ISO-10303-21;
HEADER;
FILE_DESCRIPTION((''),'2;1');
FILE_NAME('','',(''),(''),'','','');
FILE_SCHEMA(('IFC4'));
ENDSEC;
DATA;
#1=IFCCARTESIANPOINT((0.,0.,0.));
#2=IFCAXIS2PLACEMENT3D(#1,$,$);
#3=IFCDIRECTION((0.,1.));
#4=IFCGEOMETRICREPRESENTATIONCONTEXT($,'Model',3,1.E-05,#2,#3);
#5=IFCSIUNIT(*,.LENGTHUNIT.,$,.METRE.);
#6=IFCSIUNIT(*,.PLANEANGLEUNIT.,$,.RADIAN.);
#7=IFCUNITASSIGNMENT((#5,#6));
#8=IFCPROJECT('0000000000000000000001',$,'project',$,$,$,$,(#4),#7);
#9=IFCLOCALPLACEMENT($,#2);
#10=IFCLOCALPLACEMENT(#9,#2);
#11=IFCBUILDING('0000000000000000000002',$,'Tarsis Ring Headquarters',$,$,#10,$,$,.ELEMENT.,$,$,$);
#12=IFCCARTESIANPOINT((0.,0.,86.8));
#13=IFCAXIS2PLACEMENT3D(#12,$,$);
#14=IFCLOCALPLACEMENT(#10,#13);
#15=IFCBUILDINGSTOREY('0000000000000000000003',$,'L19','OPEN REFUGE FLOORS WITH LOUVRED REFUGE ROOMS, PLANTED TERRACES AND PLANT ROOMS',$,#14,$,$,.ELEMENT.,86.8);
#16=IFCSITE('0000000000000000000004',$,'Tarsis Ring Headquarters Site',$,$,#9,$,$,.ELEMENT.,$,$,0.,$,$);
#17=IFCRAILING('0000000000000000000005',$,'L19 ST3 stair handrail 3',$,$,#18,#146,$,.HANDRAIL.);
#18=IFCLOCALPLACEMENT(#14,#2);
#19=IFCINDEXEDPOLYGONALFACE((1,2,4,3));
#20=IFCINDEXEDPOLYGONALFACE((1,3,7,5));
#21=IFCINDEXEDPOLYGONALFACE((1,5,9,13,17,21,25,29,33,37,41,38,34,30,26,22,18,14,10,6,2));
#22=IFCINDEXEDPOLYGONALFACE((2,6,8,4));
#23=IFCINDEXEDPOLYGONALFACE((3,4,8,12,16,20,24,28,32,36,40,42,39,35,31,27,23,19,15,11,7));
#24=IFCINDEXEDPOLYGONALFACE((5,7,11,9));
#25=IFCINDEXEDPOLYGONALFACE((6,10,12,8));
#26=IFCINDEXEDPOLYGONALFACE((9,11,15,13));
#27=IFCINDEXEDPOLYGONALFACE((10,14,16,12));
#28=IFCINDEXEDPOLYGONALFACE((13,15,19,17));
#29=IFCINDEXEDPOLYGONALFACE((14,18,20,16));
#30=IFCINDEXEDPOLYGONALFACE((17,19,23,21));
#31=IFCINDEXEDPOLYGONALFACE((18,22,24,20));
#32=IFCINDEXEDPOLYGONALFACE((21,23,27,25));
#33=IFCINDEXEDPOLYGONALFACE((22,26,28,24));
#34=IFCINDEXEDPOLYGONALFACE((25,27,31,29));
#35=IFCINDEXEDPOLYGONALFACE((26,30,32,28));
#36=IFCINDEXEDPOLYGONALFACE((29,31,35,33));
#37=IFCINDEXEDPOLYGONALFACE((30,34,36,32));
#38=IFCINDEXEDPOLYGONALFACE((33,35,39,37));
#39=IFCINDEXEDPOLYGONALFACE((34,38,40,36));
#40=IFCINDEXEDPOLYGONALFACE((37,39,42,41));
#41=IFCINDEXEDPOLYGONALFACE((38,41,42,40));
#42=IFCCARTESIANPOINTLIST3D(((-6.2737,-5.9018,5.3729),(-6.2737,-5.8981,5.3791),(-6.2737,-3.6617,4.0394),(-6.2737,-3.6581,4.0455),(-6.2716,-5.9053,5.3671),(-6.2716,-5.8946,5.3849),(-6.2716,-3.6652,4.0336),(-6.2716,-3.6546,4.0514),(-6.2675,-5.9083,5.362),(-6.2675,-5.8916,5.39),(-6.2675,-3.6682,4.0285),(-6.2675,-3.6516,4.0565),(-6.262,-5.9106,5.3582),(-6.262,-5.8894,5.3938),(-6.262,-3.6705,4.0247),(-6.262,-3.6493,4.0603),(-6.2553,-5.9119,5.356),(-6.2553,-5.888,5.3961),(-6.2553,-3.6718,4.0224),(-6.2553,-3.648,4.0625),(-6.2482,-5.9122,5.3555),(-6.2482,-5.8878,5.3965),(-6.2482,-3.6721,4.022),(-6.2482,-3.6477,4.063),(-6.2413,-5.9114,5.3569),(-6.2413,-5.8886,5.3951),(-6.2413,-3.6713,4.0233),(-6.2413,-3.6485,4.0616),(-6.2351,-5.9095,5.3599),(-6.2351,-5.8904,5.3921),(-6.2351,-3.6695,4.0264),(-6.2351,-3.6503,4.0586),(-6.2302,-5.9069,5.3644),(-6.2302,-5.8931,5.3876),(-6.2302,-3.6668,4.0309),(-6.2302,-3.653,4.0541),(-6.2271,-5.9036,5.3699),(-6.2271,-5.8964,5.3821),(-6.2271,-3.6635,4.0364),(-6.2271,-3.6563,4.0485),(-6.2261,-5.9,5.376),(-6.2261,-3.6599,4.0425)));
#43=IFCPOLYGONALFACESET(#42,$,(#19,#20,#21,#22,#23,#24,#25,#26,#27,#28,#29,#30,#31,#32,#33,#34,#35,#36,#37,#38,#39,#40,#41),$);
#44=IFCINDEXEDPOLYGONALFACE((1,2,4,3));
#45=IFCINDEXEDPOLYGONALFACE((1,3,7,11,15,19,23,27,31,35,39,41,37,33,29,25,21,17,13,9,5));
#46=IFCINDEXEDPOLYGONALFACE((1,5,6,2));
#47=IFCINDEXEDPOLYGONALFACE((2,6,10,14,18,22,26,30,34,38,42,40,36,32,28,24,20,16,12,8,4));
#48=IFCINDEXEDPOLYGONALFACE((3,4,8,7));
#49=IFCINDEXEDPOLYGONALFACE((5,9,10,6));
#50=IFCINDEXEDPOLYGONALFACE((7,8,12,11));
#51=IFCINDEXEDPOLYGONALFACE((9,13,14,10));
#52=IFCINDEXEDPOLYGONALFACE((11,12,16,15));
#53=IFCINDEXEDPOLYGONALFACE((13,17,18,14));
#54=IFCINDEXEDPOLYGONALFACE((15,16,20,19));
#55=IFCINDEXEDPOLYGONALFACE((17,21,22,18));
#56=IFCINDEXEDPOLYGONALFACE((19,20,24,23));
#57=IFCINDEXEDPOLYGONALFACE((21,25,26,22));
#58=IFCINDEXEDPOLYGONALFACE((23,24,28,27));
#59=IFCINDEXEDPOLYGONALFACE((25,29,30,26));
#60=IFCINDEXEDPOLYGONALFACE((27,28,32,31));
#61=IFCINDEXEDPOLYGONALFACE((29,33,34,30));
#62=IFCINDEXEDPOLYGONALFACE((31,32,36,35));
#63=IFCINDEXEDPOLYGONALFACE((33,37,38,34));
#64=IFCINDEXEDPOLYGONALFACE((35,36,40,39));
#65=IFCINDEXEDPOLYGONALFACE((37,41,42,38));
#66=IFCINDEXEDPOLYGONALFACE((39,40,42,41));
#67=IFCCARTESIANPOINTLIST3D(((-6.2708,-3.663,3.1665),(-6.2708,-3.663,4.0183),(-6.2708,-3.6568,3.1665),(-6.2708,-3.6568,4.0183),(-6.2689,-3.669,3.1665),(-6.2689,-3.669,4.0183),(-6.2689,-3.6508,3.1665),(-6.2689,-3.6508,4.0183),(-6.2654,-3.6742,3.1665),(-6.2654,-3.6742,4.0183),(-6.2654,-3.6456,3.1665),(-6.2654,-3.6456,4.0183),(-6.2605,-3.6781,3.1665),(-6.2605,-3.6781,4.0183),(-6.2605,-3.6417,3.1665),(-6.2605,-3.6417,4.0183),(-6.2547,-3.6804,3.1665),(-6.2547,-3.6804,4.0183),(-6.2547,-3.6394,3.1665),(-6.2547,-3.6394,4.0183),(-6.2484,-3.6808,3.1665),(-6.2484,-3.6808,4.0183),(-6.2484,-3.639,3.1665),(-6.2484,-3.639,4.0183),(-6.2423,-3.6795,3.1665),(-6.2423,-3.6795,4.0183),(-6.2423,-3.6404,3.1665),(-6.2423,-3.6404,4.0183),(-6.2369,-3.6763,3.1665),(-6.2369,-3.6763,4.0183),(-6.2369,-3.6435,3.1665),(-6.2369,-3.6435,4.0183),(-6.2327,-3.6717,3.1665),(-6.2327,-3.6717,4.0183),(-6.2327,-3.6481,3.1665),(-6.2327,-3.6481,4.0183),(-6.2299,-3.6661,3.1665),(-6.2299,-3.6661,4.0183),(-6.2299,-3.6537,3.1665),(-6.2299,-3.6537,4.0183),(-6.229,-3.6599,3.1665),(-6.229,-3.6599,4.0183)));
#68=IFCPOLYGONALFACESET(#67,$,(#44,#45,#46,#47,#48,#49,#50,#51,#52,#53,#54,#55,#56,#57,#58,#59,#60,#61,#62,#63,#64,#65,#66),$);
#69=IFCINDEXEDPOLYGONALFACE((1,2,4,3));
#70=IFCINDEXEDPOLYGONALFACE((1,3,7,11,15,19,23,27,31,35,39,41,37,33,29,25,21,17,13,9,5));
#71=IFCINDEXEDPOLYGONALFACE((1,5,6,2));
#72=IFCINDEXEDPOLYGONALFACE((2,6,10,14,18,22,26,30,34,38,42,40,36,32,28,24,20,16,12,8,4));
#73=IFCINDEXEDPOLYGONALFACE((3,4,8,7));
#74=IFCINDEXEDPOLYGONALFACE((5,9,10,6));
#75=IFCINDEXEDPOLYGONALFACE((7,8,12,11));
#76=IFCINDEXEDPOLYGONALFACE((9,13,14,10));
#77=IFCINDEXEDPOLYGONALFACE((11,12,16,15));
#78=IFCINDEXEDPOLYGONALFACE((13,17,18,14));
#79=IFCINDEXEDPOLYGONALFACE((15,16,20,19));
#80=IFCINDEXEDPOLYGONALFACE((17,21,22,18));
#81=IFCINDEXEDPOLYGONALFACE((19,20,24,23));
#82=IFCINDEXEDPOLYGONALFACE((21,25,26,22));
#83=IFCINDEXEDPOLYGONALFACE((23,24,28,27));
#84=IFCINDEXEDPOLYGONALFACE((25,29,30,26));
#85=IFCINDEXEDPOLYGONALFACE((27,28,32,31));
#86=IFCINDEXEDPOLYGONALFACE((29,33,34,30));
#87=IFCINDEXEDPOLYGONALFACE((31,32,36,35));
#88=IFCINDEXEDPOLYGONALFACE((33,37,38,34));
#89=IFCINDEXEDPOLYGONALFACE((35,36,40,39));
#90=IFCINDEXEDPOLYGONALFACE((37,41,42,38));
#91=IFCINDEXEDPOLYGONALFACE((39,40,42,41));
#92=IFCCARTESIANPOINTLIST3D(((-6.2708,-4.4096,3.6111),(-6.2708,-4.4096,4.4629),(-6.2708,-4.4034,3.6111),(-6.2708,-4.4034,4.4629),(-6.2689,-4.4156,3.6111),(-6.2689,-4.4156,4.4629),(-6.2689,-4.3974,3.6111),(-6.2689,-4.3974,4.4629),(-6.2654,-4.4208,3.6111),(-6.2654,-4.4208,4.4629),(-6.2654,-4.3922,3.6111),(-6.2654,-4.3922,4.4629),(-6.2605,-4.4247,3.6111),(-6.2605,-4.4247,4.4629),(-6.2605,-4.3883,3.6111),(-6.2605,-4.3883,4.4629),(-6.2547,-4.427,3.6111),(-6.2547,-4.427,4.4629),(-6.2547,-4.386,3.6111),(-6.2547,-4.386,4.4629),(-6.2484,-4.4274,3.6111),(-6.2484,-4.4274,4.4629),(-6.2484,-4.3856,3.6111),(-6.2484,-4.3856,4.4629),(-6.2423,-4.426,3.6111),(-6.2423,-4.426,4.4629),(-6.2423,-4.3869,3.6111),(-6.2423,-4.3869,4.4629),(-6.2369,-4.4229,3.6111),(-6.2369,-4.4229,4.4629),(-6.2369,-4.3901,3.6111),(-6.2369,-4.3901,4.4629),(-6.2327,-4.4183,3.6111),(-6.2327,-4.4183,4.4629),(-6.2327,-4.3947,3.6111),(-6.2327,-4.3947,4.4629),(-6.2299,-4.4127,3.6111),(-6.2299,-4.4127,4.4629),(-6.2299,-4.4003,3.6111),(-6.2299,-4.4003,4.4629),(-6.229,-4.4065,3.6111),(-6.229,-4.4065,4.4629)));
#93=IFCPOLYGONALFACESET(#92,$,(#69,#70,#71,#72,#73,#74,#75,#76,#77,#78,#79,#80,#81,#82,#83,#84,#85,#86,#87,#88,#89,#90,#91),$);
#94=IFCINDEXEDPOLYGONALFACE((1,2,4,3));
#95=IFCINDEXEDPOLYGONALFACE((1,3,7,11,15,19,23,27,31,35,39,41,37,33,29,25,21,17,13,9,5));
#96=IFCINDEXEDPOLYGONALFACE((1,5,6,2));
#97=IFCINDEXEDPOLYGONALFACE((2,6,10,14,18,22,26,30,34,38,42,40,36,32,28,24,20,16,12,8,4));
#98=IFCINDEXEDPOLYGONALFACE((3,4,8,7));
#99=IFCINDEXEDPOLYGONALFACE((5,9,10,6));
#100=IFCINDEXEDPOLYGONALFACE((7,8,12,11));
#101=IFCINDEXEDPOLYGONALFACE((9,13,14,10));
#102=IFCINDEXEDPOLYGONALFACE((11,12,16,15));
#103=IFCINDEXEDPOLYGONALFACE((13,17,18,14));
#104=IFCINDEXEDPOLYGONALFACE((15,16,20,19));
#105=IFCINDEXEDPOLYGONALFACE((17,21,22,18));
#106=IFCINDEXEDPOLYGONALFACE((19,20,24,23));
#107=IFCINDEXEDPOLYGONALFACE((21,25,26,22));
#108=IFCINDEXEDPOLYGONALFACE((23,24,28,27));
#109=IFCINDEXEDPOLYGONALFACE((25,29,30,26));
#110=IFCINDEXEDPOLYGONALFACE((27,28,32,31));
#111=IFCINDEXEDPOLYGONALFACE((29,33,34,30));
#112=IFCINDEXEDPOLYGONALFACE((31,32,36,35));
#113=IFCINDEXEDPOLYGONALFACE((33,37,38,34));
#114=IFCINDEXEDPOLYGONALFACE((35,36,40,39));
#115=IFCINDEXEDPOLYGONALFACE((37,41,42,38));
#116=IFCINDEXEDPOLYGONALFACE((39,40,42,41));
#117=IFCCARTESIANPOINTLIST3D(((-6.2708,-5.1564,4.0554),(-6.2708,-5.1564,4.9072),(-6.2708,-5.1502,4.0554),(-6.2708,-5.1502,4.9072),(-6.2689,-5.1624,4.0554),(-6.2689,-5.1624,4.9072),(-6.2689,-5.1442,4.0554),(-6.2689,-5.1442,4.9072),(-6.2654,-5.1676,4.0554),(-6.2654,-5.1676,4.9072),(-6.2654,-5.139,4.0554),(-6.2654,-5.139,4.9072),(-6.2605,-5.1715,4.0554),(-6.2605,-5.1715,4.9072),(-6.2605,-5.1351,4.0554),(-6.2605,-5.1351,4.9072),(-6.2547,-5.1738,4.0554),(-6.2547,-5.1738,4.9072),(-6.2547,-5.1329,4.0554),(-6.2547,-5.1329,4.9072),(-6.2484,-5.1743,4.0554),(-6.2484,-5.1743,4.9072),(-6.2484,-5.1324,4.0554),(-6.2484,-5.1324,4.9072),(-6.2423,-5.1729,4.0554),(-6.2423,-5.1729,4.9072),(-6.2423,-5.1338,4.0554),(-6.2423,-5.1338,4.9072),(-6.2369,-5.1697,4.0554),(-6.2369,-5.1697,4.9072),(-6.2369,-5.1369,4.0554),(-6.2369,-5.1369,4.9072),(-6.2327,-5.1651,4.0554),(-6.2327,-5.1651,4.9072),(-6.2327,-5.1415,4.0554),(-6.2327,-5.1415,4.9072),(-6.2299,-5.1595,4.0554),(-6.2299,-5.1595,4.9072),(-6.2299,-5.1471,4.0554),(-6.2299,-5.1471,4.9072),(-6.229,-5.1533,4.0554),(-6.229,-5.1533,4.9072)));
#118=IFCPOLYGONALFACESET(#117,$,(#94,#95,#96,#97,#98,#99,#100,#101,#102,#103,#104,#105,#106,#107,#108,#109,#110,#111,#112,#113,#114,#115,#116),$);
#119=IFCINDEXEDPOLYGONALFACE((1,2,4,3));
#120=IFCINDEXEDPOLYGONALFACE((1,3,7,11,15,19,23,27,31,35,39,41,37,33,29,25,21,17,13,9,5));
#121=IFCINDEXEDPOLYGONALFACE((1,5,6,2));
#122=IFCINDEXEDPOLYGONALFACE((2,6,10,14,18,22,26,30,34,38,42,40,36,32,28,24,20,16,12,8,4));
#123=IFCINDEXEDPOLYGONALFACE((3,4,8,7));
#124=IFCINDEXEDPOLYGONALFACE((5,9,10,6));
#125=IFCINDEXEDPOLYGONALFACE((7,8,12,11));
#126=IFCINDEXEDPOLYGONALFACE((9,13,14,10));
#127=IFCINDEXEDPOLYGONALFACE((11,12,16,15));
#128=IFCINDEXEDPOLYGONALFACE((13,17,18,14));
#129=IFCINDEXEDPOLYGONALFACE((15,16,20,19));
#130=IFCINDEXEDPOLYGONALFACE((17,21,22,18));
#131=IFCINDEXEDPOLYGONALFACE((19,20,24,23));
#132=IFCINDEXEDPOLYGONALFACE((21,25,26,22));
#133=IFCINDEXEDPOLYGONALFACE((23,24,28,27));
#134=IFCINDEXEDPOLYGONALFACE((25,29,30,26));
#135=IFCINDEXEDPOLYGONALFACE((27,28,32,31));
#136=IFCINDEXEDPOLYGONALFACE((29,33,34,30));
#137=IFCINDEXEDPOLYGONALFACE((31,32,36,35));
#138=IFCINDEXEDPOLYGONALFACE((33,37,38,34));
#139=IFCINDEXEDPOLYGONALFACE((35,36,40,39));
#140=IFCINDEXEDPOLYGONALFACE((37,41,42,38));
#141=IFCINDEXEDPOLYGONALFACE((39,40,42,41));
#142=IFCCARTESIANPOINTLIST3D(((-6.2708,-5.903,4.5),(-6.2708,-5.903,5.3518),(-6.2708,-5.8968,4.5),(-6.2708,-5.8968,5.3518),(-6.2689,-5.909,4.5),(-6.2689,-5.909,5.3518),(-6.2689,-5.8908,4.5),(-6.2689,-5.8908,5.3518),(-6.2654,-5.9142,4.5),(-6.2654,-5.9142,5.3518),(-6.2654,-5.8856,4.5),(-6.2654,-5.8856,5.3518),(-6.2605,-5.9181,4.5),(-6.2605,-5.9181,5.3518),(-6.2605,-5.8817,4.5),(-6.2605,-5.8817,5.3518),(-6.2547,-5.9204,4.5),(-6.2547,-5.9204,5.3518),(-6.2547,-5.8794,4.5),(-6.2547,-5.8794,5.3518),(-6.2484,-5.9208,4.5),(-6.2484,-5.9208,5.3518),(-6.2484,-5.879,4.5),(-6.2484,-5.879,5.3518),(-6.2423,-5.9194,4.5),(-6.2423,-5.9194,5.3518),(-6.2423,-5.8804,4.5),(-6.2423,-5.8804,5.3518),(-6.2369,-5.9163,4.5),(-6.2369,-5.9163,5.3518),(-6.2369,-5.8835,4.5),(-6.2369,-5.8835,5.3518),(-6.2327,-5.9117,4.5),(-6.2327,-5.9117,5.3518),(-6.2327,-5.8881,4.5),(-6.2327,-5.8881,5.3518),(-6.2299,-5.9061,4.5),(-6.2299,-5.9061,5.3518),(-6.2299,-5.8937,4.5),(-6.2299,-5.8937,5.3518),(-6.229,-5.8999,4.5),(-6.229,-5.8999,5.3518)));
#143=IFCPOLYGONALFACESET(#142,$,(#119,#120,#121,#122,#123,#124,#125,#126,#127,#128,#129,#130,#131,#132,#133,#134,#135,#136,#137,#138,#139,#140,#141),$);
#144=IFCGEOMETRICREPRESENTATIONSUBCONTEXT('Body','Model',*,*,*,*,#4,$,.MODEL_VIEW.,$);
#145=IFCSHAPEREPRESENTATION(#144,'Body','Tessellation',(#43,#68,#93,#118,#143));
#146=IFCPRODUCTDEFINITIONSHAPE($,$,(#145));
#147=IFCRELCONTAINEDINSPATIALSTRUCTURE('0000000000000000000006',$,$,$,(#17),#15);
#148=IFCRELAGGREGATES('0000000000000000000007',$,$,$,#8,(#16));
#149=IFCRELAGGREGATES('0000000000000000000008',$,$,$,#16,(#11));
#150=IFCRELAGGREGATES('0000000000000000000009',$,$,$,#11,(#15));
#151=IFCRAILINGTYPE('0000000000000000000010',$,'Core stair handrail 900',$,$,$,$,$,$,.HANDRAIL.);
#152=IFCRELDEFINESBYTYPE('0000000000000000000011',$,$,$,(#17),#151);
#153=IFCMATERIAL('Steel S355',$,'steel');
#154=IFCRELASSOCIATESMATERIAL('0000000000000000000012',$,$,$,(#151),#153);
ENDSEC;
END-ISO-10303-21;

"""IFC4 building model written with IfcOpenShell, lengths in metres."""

from ifc_helpers import new_model, si_unit, direction, frame, origin, origin_2d, place, context, subcontext, project, spatial, circle, extrude, material, type_object, element, save


model = new_model("IFC4")

# Units and contexts
model_context = context("Model", 3, precision=1e-05, world=origin(), true_north=direction((0.0, 1.0)))
body_context = subcontext(model_context, "Body", "Model", "MODEL_VIEW")
ifc_project = project(units=[si_unit("LENGTHUNIT", "METRE"), si_unit("PLANEANGLEUNIT", "RADIAN")], contexts=[model_context])

# Site, building, storey
site_placement = place(None, origin())
site = spatial("IfcSite", under=ifc_project, at=site_placement, Name="Tarsis Ring Headquarters Site", CompositionType="ELEMENT", RefElevation=0.0)
building_placement = place(site_placement, origin())
building = spatial("IfcBuilding", under=site, at=building_placement, Name="Tarsis Ring Headquarters", CompositionType="ELEMENT")
storey_placement = place(building_placement, frame((0.0, 0.0, 86.8)))
storey = spatial("IfcBuildingStorey", under=building, at=storey_placement, Name="L19", Description="OPEN REFUGE FLOORS WITH LOUVRED REFUGE ROOMS, PLANTED TERRACES AND PLANT ROOMS", CompositionType="ELEMENT", Elevation=86.8)

# Railing
ifc_material_1 = material(Name="Steel S355", Category="steel")
railing_type_1 = type_object("IfcRailingType", Name="Core stair handrail 900", PredefinedType="HANDRAIL", material=ifc_material_1)
railing_1_placement = place(storey_placement, frame((-6.25, -3.6599, 3.1665)))
element("IfcRailing", 1, at=railing_1_placement, inside=storey, type_object=railing_type_1, Name="L19 ST3 stair handrail 3", PredefinedType="HANDRAIL", context=body_context, shape_type="SweptSolid", body=[
    extrude(circle(Radius=0.0239, at=origin_2d()), frame((0.0, 0.0, 0.876), z_axis=(0.0, -0.859264, 0.511532), x_axis=(1.0, 0.0, 0.0)), (0.0, 0.0, 1.0), 2.6069),
    extrude(circle(Radius=0.021, at=origin_2d()), origin(), (0.0, 0.0, 1.0), 0.8518),
    extrude(circle(Radius=0.021, at=origin_2d()), frame((0.0, -0.7466, 0.4446)), (0.0, 0.0, 1.0), 0.8518),
    extrude(circle(Radius=0.021, at=origin_2d()), frame((0.0, -1.4934, 0.8889)), (0.0, 0.0, 1.0), 0.8518),
    extrude(circle(Radius=0.021, at=origin_2d()), frame((0.0, -2.24, 1.3335)), (0.0, 0.0, 1.0), 0.8518),
])

save(model, "model.ifc")
